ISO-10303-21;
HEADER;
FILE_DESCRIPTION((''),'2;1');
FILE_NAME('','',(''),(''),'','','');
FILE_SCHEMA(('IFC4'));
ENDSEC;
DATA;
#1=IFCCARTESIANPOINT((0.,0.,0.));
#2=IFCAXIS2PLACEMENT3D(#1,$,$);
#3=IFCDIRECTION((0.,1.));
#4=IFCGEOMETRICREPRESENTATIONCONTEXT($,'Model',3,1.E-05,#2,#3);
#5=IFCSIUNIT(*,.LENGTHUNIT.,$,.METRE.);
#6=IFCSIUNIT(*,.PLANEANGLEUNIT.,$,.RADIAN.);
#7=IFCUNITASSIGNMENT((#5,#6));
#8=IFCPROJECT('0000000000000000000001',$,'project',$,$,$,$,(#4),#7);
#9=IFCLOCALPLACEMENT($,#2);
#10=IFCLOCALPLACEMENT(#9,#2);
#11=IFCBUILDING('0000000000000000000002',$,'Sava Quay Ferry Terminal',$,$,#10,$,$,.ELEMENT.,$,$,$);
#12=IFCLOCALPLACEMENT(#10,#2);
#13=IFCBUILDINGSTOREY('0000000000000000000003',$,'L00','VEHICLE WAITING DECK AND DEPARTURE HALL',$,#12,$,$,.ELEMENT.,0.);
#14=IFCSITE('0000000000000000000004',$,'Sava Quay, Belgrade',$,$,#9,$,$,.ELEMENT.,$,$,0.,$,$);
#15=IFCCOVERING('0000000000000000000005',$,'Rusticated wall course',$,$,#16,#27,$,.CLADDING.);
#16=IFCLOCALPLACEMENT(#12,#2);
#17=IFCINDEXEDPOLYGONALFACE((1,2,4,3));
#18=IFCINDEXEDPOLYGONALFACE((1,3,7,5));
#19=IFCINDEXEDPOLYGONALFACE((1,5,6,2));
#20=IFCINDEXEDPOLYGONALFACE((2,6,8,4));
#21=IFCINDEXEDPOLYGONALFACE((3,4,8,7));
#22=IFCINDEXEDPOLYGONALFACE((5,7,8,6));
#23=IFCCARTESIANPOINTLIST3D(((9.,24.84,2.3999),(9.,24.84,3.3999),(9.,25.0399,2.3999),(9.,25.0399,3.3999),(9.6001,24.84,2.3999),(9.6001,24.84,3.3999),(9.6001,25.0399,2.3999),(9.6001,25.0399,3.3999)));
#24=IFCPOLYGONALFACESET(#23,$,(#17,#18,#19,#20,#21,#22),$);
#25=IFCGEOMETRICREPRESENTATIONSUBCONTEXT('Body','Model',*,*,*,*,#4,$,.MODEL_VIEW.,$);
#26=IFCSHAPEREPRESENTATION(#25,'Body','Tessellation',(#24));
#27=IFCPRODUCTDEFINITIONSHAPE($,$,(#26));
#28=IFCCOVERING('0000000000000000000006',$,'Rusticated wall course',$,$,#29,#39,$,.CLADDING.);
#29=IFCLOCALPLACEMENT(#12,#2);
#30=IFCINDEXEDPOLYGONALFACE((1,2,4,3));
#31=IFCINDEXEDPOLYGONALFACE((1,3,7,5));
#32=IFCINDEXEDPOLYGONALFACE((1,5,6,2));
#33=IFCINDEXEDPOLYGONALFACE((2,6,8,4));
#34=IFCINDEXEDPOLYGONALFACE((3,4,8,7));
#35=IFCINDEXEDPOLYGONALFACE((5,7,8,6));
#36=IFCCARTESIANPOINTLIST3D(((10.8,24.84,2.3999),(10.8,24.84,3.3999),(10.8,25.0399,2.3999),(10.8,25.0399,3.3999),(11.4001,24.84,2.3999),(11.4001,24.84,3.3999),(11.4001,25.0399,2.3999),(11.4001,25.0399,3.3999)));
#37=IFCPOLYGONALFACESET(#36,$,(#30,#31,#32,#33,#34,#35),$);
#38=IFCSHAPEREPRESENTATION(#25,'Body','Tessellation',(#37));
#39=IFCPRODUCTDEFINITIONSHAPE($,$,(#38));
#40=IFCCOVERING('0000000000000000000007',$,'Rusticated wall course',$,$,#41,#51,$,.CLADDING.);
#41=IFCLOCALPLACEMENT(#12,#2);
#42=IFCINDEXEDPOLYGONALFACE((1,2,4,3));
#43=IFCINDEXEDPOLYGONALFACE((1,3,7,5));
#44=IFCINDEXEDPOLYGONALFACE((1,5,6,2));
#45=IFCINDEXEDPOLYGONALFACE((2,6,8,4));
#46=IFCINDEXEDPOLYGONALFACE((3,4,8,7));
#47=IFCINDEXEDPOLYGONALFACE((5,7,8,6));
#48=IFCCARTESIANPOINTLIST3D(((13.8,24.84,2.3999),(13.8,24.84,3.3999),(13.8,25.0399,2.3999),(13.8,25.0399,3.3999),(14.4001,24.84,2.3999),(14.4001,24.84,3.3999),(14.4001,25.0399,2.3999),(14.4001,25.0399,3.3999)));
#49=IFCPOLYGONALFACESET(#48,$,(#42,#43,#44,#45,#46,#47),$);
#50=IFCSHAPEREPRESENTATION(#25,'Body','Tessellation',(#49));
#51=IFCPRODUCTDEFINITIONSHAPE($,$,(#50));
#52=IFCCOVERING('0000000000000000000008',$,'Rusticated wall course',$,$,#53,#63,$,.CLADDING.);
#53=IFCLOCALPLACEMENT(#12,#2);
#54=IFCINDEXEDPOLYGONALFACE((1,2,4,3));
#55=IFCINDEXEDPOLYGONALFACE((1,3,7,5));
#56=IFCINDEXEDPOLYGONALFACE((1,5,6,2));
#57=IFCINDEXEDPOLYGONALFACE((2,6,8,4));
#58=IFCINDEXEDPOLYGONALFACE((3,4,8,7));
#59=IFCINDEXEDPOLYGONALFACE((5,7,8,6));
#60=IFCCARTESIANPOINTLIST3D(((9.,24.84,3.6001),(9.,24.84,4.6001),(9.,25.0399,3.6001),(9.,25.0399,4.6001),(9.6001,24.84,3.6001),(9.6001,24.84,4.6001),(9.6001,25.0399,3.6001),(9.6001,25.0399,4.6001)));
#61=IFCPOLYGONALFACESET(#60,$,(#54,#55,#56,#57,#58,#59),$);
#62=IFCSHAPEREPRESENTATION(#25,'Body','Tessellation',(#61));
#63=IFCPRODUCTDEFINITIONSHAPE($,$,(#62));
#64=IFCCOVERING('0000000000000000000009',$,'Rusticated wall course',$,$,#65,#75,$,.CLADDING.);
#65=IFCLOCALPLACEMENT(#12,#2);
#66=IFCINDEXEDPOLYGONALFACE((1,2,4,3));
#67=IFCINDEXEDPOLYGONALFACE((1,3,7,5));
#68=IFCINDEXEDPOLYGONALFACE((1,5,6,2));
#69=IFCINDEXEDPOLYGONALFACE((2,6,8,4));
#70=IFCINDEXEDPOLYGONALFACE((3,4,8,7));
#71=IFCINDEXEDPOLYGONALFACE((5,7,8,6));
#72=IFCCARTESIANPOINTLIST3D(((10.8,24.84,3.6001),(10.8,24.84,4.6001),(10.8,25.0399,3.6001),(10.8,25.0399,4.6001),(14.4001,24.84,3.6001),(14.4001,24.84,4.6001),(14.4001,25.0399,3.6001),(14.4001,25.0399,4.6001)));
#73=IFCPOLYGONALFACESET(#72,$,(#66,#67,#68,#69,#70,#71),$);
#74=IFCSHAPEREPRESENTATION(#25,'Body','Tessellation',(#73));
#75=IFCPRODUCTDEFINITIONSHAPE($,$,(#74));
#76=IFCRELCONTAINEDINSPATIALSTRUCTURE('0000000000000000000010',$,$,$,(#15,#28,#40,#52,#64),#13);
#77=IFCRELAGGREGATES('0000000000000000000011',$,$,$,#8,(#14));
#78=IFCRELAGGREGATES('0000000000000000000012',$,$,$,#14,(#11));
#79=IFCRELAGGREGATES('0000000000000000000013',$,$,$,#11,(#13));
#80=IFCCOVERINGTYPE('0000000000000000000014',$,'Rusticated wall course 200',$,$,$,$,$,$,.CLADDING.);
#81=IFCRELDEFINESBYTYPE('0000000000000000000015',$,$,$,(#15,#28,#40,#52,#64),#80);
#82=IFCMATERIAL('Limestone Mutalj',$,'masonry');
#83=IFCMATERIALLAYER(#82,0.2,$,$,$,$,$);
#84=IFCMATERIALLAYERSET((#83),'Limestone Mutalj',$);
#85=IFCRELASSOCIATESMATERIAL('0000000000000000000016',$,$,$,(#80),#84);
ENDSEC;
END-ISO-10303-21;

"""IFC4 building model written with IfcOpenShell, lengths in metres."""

from ifc_helpers import new_model, si_unit, direction, frame, origin, origin_2d, place, context, subcontext, project, spatial, rectangle, extrude, material, layer, layer_set, type_object, element, save


model = new_model("IFC4")

# Units and contexts
model_context = context("Model", 3, precision=1e-05, world=origin(), true_north=direction((0.0, 1.0)))
body_context = subcontext(model_context, "Body", "Model", "MODEL_VIEW")
ifc_project = project(units=[si_unit("LENGTHUNIT", "METRE"), si_unit("PLANEANGLEUNIT", "RADIAN")], contexts=[model_context])

# Site, building, storey
site_placement = place(None, origin())
site = spatial("IfcSite", under=ifc_project, at=site_placement, Name="Sava Quay, Belgrade", CompositionType="ELEMENT", RefElevation=0.0)
building_placement = place(site_placement, origin())
building = spatial("IfcBuilding", under=site, at=building_placement, Name="Sava Quay Ferry Terminal", CompositionType="ELEMENT")
storey_placement = place(building_placement, origin())
storey = spatial("IfcBuildingStorey", under=building, at=storey_placement, Name="L00", Description="VEHICLE WAITING DECK AND DEPARTURE HALL", CompositionType="ELEMENT", Elevation=0.0)

# Coverings
ifc_material_1 = material(Name="Limestone Mutalj", Category="masonry")
ifc_layer_1 = layer(ifc_material_1, 0.2)
ifc_layer_set_1 = layer_set([ifc_layer_1], Name="Limestone Mutalj")
covering_type_1 = type_object("IfcCoveringType", Name="Rusticated wall course 200", PredefinedType="CLADDING", material=ifc_layer_set_1)
for number, where, z_axis, x_axis, name in (
    (1, (9.3, 24.9399, 2.3999), (0.0, 0.0, 1.0), (1.0, 0.0, 0.0), "Rusticated wall course"),
    (2, (11.1001, 24.9399, 2.3999), (0.0, 0.0, 1.0), (1.0, 0.0, 0.0), "Rusticated wall course"),
    (3, (14.1001, 24.9399, 2.3999), (0.0, 0.0, 1.0), (1.0, 0.0, 0.0), "Rusticated wall course"),
    (4, (9.3, 24.9399, 3.6001), (0.0, 0.0, 1.0), (1.0, 0.0, 0.0), "Rusticated wall course"),
):
    element("IfcCovering", number, at=place(storey_placement, frame(where, z_axis=z_axis, x_axis=x_axis)), inside=storey, type_object=covering_type_1, Name=name, PredefinedType="CLADDING", context=body_context, shape_type="SweptSolid", body=[
        extrude(rectangle(XDim=0.6001, YDim=0.2, at=origin_2d()), origin(), (0.0, 0.0, 1.0), 1.0),
    ])
covering_1_placement = place(storey_placement, frame((12.6001, 24.9399, 3.6001), z_axis=(0.0, 0.0, 1.0), x_axis=(1.0, 0.0, 0.0)))
element("IfcCovering", 5, at=covering_1_placement, inside=storey, type_object=covering_type_1, Name="Rusticated wall course", PredefinedType="CLADDING", context=body_context, shape_type="SweptSolid", body=[
    extrude(rectangle(XDim=3.6001, YDim=0.2, at=origin_2d()), origin(), (0.0, 0.0, 1.0), 1.0),
])

save(model, "model.ifc")
